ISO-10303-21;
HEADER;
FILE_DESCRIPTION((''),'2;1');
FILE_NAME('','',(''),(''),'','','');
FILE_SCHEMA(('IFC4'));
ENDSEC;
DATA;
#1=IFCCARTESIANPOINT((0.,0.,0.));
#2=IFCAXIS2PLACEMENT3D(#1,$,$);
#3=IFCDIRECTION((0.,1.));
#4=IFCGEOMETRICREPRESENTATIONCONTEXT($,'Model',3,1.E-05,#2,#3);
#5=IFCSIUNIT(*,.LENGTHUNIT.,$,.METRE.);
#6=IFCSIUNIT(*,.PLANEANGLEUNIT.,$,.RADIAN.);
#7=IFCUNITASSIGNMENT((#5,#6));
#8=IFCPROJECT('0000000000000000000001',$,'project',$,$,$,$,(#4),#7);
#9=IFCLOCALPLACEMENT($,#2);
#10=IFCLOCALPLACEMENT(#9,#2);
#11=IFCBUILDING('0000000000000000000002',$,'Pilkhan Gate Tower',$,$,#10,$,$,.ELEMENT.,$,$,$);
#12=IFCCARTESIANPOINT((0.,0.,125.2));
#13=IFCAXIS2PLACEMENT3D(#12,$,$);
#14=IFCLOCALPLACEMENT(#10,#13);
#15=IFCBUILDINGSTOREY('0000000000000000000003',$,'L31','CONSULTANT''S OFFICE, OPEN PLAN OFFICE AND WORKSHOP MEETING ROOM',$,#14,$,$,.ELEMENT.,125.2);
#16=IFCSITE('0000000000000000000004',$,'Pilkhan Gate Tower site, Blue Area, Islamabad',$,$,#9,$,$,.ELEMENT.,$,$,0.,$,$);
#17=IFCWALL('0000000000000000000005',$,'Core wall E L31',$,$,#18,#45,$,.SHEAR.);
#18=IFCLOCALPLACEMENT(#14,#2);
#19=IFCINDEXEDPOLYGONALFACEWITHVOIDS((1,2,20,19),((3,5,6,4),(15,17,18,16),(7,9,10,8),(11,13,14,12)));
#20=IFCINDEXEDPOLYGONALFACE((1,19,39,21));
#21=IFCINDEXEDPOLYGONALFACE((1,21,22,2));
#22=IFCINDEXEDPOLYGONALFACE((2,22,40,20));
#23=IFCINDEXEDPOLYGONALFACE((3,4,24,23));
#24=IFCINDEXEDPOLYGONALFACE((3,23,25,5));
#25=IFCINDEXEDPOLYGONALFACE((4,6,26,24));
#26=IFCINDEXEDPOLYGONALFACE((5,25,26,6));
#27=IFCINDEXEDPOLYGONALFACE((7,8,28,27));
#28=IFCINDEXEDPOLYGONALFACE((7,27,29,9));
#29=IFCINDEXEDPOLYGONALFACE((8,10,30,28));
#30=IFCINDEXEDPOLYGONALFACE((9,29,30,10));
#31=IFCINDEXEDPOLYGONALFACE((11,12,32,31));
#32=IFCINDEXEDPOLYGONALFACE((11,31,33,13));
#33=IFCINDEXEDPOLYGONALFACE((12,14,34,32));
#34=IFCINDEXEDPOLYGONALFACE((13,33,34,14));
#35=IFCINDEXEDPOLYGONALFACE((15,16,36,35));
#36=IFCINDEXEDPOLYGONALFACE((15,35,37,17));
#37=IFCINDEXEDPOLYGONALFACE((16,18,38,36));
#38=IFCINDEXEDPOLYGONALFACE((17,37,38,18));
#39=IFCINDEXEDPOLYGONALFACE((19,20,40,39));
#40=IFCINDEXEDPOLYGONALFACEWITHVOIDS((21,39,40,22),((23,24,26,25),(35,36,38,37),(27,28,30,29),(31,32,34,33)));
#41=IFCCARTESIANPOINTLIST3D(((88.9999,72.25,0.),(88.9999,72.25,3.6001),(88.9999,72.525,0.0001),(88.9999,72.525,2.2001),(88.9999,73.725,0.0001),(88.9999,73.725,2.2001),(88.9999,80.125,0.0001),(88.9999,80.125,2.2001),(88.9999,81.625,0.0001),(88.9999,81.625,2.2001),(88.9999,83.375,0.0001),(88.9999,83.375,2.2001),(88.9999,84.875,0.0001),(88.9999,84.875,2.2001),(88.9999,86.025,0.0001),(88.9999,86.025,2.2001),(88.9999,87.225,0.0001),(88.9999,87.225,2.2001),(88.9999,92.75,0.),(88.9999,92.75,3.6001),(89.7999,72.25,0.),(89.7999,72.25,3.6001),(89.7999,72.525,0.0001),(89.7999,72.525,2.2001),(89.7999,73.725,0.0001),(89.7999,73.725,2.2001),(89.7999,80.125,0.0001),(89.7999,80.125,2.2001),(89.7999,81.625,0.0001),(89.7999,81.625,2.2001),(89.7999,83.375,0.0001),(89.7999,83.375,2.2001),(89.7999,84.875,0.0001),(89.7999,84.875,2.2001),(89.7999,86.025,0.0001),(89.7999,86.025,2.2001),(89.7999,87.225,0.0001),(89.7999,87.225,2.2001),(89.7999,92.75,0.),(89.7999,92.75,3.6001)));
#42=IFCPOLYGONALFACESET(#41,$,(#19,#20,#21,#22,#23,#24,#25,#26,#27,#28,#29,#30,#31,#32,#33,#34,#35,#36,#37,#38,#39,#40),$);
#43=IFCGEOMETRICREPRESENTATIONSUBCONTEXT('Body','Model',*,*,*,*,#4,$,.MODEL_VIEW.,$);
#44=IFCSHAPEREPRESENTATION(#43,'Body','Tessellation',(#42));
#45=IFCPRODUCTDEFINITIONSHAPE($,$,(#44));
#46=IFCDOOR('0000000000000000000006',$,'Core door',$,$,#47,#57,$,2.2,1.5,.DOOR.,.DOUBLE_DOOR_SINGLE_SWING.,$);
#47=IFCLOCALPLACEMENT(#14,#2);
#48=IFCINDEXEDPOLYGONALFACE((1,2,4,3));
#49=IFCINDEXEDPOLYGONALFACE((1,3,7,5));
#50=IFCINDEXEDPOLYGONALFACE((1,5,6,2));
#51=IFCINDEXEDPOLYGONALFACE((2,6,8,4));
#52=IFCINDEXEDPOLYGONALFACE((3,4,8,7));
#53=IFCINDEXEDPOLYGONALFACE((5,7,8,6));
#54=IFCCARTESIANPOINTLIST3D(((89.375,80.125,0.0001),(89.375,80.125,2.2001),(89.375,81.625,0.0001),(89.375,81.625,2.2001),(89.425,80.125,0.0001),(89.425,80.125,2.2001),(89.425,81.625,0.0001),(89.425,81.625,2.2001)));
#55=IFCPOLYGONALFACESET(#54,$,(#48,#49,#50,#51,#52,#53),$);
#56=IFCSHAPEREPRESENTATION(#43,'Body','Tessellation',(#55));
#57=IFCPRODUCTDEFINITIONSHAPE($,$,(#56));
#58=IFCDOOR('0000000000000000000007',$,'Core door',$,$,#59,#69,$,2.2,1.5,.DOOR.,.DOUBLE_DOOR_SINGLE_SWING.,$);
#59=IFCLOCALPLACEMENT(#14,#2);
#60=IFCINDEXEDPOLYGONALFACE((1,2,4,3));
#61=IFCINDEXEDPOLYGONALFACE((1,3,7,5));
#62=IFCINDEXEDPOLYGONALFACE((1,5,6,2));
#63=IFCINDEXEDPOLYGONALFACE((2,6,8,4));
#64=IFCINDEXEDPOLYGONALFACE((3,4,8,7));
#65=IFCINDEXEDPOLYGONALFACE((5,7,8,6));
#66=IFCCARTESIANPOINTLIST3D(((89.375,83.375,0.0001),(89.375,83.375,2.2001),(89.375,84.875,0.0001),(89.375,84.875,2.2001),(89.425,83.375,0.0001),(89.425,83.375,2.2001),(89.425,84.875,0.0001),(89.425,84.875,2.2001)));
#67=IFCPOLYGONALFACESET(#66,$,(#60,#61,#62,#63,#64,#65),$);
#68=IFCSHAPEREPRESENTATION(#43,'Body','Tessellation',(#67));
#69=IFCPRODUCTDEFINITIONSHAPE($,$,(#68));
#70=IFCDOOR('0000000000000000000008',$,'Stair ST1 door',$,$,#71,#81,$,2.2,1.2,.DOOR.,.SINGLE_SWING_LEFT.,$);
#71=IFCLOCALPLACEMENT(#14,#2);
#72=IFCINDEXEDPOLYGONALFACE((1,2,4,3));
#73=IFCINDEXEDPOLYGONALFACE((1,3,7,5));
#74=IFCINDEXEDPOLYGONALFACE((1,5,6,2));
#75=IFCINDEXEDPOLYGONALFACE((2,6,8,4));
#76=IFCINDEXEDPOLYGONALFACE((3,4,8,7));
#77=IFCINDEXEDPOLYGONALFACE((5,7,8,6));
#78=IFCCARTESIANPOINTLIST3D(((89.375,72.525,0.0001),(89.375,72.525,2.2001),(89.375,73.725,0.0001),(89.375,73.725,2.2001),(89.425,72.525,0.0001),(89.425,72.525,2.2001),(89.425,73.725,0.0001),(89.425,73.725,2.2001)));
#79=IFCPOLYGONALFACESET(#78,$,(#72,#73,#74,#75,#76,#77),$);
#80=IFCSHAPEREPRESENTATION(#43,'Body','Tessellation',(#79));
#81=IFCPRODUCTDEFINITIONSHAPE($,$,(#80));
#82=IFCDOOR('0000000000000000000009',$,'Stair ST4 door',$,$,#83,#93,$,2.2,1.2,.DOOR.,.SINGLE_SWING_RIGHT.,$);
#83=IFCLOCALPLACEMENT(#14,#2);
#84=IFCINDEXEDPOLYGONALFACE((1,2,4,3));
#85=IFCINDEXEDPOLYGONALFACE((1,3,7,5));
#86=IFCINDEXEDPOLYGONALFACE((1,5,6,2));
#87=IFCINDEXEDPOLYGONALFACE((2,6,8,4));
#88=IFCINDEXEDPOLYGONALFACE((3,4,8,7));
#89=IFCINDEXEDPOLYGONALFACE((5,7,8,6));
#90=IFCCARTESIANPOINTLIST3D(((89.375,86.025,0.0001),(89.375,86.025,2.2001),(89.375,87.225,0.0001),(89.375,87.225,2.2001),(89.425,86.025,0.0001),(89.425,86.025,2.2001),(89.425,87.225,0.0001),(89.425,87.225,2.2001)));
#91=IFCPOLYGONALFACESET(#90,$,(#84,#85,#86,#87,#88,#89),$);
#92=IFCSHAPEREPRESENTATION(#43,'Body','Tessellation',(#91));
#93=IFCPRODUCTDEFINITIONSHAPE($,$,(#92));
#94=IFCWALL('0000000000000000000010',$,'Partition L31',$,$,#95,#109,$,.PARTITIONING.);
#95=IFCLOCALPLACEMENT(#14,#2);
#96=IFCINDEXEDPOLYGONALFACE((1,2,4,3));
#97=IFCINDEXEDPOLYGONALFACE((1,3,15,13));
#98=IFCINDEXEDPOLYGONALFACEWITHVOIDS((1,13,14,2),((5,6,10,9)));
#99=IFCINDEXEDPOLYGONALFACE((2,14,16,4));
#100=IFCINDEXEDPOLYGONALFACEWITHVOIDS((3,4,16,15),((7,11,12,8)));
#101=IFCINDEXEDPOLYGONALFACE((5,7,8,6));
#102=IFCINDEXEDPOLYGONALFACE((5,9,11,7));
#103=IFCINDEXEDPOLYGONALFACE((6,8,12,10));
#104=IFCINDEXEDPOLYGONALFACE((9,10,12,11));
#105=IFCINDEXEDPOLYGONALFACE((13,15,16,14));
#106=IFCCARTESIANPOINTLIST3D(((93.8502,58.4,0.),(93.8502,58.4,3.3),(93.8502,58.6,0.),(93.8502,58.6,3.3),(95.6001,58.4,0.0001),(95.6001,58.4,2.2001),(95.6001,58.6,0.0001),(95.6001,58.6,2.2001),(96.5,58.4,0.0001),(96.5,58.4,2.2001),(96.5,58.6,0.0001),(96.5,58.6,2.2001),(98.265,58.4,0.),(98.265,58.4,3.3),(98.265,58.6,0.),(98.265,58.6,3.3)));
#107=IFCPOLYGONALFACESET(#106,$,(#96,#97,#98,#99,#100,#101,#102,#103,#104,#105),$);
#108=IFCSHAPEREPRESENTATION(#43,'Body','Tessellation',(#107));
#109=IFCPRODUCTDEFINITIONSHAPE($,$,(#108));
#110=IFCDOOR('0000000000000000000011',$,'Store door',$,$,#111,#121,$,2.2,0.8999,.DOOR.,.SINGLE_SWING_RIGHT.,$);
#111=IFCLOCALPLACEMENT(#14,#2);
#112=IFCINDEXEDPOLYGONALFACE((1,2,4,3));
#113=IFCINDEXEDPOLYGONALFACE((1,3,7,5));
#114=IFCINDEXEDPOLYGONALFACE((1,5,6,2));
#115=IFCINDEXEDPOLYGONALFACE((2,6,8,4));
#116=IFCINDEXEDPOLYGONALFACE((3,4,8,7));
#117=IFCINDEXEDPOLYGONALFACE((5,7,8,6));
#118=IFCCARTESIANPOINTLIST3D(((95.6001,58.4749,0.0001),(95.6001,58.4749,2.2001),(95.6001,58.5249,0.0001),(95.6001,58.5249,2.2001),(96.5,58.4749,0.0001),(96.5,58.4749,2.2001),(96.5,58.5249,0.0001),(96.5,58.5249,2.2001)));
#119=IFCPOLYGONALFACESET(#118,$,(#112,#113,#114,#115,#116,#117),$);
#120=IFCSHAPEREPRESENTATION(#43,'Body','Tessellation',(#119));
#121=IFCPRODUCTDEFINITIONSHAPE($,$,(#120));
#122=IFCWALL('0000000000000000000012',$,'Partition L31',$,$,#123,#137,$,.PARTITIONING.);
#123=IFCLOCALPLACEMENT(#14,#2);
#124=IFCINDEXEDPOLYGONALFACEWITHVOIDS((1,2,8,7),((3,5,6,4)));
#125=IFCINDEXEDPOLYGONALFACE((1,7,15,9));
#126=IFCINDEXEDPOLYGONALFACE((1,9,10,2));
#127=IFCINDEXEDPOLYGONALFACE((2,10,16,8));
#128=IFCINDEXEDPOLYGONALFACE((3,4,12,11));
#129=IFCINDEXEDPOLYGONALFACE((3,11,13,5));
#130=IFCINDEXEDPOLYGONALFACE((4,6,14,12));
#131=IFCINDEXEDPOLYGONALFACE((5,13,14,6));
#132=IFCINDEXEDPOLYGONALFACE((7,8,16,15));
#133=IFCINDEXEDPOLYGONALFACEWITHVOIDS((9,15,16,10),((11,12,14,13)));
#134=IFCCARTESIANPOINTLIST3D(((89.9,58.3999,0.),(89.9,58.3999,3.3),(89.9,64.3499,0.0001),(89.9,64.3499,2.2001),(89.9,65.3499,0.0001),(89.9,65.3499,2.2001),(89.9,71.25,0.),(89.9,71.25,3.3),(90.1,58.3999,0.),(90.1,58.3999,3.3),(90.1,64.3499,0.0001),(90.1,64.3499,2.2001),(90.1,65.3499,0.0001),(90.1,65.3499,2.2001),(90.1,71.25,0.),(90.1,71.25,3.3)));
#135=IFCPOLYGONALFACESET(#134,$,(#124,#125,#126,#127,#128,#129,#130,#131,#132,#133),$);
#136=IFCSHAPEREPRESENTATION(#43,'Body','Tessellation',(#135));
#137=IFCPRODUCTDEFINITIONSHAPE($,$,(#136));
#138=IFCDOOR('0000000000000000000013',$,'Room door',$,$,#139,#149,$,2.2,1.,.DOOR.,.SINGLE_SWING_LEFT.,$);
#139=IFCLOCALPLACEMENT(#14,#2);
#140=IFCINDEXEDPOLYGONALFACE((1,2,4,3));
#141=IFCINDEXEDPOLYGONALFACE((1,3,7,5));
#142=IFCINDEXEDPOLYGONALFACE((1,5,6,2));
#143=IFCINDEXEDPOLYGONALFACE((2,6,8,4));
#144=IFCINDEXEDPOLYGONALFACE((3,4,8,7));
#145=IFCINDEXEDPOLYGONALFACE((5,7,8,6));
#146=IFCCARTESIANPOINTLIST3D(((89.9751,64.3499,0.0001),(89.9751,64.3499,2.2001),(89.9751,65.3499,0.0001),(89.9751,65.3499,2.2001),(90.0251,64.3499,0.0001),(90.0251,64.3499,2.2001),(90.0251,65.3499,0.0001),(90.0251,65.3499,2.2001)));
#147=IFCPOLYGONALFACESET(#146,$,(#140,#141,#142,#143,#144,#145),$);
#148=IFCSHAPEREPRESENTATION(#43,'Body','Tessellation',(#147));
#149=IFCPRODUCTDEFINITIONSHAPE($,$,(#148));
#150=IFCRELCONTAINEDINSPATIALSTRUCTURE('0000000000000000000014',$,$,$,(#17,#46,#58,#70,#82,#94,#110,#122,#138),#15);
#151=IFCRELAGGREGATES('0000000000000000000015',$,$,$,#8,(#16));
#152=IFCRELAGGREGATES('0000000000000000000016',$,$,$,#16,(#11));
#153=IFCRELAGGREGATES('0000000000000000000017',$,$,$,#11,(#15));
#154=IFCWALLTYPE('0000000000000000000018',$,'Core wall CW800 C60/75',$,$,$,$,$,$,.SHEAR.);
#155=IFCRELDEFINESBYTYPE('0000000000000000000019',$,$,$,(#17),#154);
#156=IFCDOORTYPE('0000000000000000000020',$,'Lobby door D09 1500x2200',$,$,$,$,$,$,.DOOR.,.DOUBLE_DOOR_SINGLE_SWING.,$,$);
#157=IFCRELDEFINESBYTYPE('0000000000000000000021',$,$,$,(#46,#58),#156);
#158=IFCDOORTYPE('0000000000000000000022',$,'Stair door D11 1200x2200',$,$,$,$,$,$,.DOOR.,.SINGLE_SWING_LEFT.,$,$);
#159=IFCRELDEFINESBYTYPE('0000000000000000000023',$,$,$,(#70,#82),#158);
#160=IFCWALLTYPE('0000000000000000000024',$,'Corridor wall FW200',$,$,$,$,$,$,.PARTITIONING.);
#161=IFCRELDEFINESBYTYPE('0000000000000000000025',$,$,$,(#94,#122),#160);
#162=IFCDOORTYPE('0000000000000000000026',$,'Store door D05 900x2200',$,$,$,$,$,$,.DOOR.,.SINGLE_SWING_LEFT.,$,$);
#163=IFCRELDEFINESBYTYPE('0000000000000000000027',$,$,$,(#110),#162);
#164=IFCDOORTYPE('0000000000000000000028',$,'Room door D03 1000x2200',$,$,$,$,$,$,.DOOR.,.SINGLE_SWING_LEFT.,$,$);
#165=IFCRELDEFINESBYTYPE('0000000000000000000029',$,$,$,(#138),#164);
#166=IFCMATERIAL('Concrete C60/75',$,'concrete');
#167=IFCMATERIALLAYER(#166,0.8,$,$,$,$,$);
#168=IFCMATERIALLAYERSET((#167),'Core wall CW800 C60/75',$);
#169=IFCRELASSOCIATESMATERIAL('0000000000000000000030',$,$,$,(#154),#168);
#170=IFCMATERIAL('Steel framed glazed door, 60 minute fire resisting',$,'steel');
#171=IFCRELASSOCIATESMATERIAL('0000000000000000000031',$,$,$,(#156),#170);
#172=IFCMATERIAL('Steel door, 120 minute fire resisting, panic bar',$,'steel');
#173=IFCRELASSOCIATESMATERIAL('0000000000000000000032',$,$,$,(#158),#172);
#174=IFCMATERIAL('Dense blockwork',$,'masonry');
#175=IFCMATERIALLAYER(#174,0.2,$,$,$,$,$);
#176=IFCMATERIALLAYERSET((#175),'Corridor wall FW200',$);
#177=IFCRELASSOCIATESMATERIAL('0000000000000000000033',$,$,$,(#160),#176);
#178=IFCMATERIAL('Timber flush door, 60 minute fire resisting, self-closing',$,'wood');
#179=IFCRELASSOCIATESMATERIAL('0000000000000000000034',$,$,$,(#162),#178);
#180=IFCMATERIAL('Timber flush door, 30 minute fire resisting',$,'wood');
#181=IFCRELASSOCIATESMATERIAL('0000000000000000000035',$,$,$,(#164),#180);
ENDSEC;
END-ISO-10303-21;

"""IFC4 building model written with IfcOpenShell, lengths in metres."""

from ifc_helpers import new_model, si_unit, direction, frame, frame_2d, origin, place, context, subcontext, project, spatial, rectangle, extrude, material, layer, layer_set, type_object, element, fill, save


model = new_model("IFC4")

# Units and contexts
model_context = context("Model", 3, precision=1e-05, world=origin(), true_north=direction((0.0, 1.0)))
body_context = subcontext(model_context, "Body", "Model", "MODEL_VIEW")
ifc_project = project(units=[si_unit("LENGTHUNIT", "METRE"), si_unit("PLANEANGLEUNIT", "RADIAN")], contexts=[model_context])

# Site, building, storey
site_placement = place(None, origin())
site = spatial("IfcSite", under=ifc_project, at=site_placement, Name="Pilkhan Gate Tower site, Blue Area, Islamabad", CompositionType="ELEMENT", RefElevation=0.0)
building_placement = place(site_placement, origin())
building = spatial("IfcBuilding", under=site, at=building_placement, Name="Pilkhan Gate Tower", CompositionType="ELEMENT")
storey_placement = place(building_placement, frame((0.0, 0.0, 125.2)))
storey = spatial("IfcBuildingStorey", under=building, at=storey_placement, Name="L31", Description="CONSULTANT'S OFFICE, OPEN PLAN OFFICE AND WORKSHOP MEETING ROOM", CompositionType="ELEMENT", Elevation=125.2)

# Shared definitions
ifc_material_1 = material(Name="Concrete C60/75", Category="concrete")

# Wall, openings, doors
ifc_layer_1 = layer(ifc_material_1, 0.8)
ifc_layer_set_1 = layer_set([ifc_layer_1], Name="Core wall CW800 C60/75")
wall_type_1 = type_object("IfcWallType", Name="Core wall CW800 C60/75", PredefinedType="SHEAR", material=ifc_layer_set_1)
wall_1_placement = place(storey_placement, frame((89.3999, 72.25, 0.0), z_axis=(0.0, 0.0, 1.0), x_axis=(0.0, 1.0, 0.0)))
wall_1 = element("IfcWall", 1, at=wall_1_placement, inside=storey, type_object=wall_type_1, Name="Core wall E L31", PredefinedType="SHEAR", context=body_context, shape_type="SweptSolid", body=[
    extrude(rectangle(XDim=20.5, YDim=0.8, at=frame_2d((10.25, 0.0))), origin(), (0.0, 0.0, 1.0), 3.6001),
])
opening_1_placement = place(wall_1_placement, frame((0.2749, 0.0, 0.0)))
opening_1 = element("IfcOpeningElement", 2, at=opening_1_placement, cuts=wall_1, PredefinedType="OPENING", context=body_context, shape_type="SweptSolid", body=[
    extrude(rectangle(XDim=1.2, YDim=2.2, at=frame_2d((0.6001, 1.1001))), frame((0.0, 0.4099, 0.0), z_axis=(0.0, -1.0, 0.0), x_axis=(1.0, 0.0, 0.0)), (0.0, 0.0, 1.0), 0.8201),
])
opening_2_placement = place(wall_1_placement, frame((13.7749, 0.0, 0.0)))
opening_2 = element("IfcOpeningElement", 3, at=opening_2_placement, cuts=wall_1, PredefinedType="OPENING", context=body_context, shape_type="SweptSolid", body=[
    extrude(rectangle(XDim=1.2, YDim=2.2, at=frame_2d((0.6001, 1.1001))), frame((0.0, 0.4099, 0.0), z_axis=(0.0, -1.0, 0.0), x_axis=(1.0, 0.0, 0.0)), (0.0, 0.0, 1.0), 0.8201),
])
opening_3_placement = place(wall_1_placement, frame((7.875, 0.0, 0.0)))
opening_3 = element("IfcOpeningElement", 4, at=opening_3_placement, cuts=wall_1, PredefinedType="OPENING", context=body_context, shape_type="SweptSolid", body=[
    extrude(rectangle(XDim=1.5, YDim=2.2, at=frame_2d((0.75, 1.1001))), frame((0.0, 0.4099, 0.0), z_axis=(0.0, -1.0, 0.0), x_axis=(1.0, 0.0, 0.0)), (0.0, 0.0, 1.0), 0.8201),
])
opening_4_placement = place(wall_1_placement, frame((11.125, 0.0, 0.0)))
opening_4 = element("IfcOpeningElement", 5, at=opening_4_placement, cuts=wall_1, PredefinedType="OPENING", context=body_context, shape_type="SweptSolid", body=[
    extrude(rectangle(XDim=1.5, YDim=2.2, at=frame_2d((0.75, 1.1001))), frame((0.0, 0.4099, 0.0), z_axis=(0.0, -1.0, 0.0), x_axis=(1.0, 0.0, 0.0)), (0.0, 0.0, 1.0), 0.8201),
])
ifc_material_2 = material(Name="Steel framed glazed door, 60 minute fire resisting", Category="steel")
door_type_1 = type_object("IfcDoorType", Name="Lobby door D09 1500x2200", OperationType="DOUBLE_DOOR_SINGLE_SWING", PredefinedType="DOOR", material=ifc_material_2)
door_1_placement = place(opening_3_placement, origin())
door_1 = element("IfcDoor", 6, at=door_1_placement, inside=storey, type_object=door_type_1, Name="Core door", OperationType="DOUBLE_DOOR_SINGLE_SWING", OverallHeight=2.2, OverallWidth=1.5, PredefinedType="DOOR", context=body_context, shape_type="SweptSolid", body=[
    extrude(rectangle(XDim=1.5, YDim=2.2, at=frame_2d((0.75, 1.1001))), frame((0.0, 0.0249, 0.0), z_axis=(0.0, -1.0, 0.0), x_axis=(1.0, 0.0, 0.0)), (0.0, 0.0, 1.0), 0.05),
])
fill(opening_3, door_1)
door_2_placement = place(opening_4_placement, origin())
door_2 = element("IfcDoor", 7, at=door_2_placement, inside=storey, type_object=door_type_1, Name="Core door", OperationType="DOUBLE_DOOR_SINGLE_SWING", OverallHeight=2.2, OverallWidth=1.5, PredefinedType="DOOR", context=body_context, shape_type="SweptSolid", body=[
    extrude(rectangle(XDim=1.5, YDim=2.2, at=frame_2d((0.75, 1.1001))), frame((0.0, 0.0249, 0.0), z_axis=(0.0, -1.0, 0.0), x_axis=(1.0, 0.0, 0.0)), (0.0, 0.0, 1.0), 0.05),
])
fill(opening_4, door_2)
ifc_material_3 = material(Name="Steel door, 120 minute fire resisting, panic bar", Category="steel")
door_type_2 = type_object("IfcDoorType", Name="Stair door D11 1200x2200", OperationType="SINGLE_SWING_LEFT", PredefinedType="DOOR", material=ifc_material_3)
door_3_placement = place(opening_1_placement, origin())
door_3 = element("IfcDoor", 8, at=door_3_placement, inside=storey, type_object=door_type_2, Name="Stair ST1 door", OperationType="SINGLE_SWING_LEFT", OverallHeight=2.2, OverallWidth=1.2, PredefinedType="DOOR", context=body_context, shape_type="SweptSolid", body=[
    extrude(rectangle(XDim=1.2, YDim=2.2, at=frame_2d((0.6001, 1.1001))), frame((0.0, 0.0249, 0.0), z_axis=(0.0, -1.0, 0.0), x_axis=(1.0, 0.0, 0.0)), (0.0, 0.0, 1.0), 0.05),
])
fill(opening_1, door_3)
door_4_placement = place(opening_2_placement, origin())
door_4 = element("IfcDoor", 9, at=door_4_placement, inside=storey, type_object=door_type_2, Name="Stair ST4 door", OperationType="SINGLE_SWING_RIGHT", OverallHeight=2.2, OverallWidth=1.2, PredefinedType="DOOR", context=body_context, shape_type="SweptSolid", body=[
    extrude(rectangle(XDim=1.2, YDim=2.2, at=frame_2d((0.6001, 1.1001))), frame((0.0, 0.0249, 0.0), z_axis=(0.0, -1.0, 0.0), x_axis=(1.0, 0.0, 0.0)), (0.0, 0.0, 1.0), 0.05),
])
fill(opening_2, door_4)

# Walls, openings, doors
ifc_material_4 = material(Name="Dense blockwork", Category="masonry")
ifc_layer_2 = layer(ifc_material_4, 0.2)
ifc_layer_set_2 = layer_set([ifc_layer_2], Name="Corridor wall FW200")
wall_type_2 = type_object("IfcWallType", Name="Corridor wall FW200", PredefinedType="PARTITIONING", material=ifc_layer_set_2)
wall_2_placement = place(storey_placement, frame((93.8501, 58.5, 0.0), z_axis=(0.0, 0.0, 1.0), x_axis=(1.0, 0.0, 0.0)))
wall_2 = element("IfcWall", 10, at=wall_2_placement, inside=storey, type_object=wall_type_2, Name="Partition L31", PredefinedType="PARTITIONING", context=body_context, shape_type="SweptSolid", body=[
    extrude(rectangle(XDim=4.4148, YDim=0.2, at=frame_2d((2.2075, 0.0))), origin(), (0.0, 0.0, 1.0), 3.3),
])
opening_5_placement = place(wall_2_placement, frame((1.75, 0.0, 0.0)))
opening_5 = element("IfcOpeningElement", 11, at=opening_5_placement, cuts=wall_2, PredefinedType="OPENING", context=body_context, shape_type="SweptSolid", body=[
    extrude(rectangle(XDim=0.8999, YDim=2.2, at=frame_2d((0.45, 1.1001))), frame((0.0, 0.1099, 0.0), z_axis=(0.0, -1.0, 0.0), x_axis=(1.0, 0.0, 0.0)), (0.0, 0.0, 1.0), 0.22),
])
ifc_material_5 = material(Name="Timber flush door, 60 minute fire resisting, self-closing", Category="wood")
door_type_3 = type_object("IfcDoorType", Name="Store door D05 900x2200", OperationType="SINGLE_SWING_LEFT", PredefinedType="DOOR", material=ifc_material_5)
door_5_placement = place(opening_5_placement, origin())
door_5 = element("IfcDoor", 12, at=door_5_placement, inside=storey, type_object=door_type_3, Name="Store door", OperationType="SINGLE_SWING_RIGHT", OverallHeight=2.2, OverallWidth=0.8999, PredefinedType="DOOR", context=body_context, shape_type="SweptSolid", body=[
    extrude(rectangle(XDim=0.8999, YDim=2.2, at=frame_2d((0.45, 1.1001))), frame((0.0, 0.0249, 0.0), z_axis=(0.0, -1.0, 0.0), x_axis=(1.0, 0.0, 0.0)), (0.0, 0.0, 1.0), 0.05),
])
fill(opening_5, door_5)
wall_3_placement = place(storey_placement, frame((90.0, 58.3999, 0.0), z_axis=(0.0, 0.0, 1.0), x_axis=(0.0, 1.0, 0.0)))
wall_3 = element("IfcWall", 13, at=wall_3_placement, inside=storey, type_object=wall_type_2, Name="Partition L31", PredefinedType="PARTITIONING", context=body_context, shape_type="SweptSolid", body=[
    extrude(rectangle(XDim=12.8501, YDim=0.2, at=frame_2d((6.425, 0.0))), origin(), (0.0, 0.0, 1.0), 3.3),
])
opening_6_placement = place(wall_3_placement, frame((5.95, 0.0, 0.0)))
opening_6 = element("IfcOpeningElement", 14, at=opening_6_placement, cuts=wall_3, PredefinedType="OPENING", context=body_context, shape_type="SweptSolid", body=[
    extrude(rectangle(XDim=1.0, YDim=2.2, at=frame_2d((0.5, 1.1001))), frame((0.0, 0.1099, 0.0), z_axis=(0.0, -1.0, 0.0), x_axis=(1.0, 0.0, 0.0)), (0.0, 0.0, 1.0), 0.22),
])
ifc_material_6 = material(Name="Timber flush door, 30 minute fire resisting", Category="wood")
door_type_4 = type_object("IfcDoorType", Name="Room door D03 1000x2200", OperationType="SINGLE_SWING_LEFT", PredefinedType="DOOR", material=ifc_material_6)
door_6_placement = place(opening_6_placement, origin())
door_6 = element("IfcDoor", 15, at=door_6_placement, inside=storey, type_object=door_type_4, Name="Room door", OperationType="SINGLE_SWING_LEFT", OverallHeight=2.2, OverallWidth=1.0, PredefinedType="DOOR", context=body_context, shape_type="SweptSolid", body=[
    extrude(rectangle(XDim=1.0, YDim=2.2, at=frame_2d((0.5, 1.1001))), frame((0.0, 0.0249, 0.0), z_axis=(0.0, -1.0, 0.0), x_axis=(1.0, 0.0, 0.0)), (0.0, 0.0, 1.0), 0.05),
])
fill(opening_6, door_6)

save(model, "model.ifc")
